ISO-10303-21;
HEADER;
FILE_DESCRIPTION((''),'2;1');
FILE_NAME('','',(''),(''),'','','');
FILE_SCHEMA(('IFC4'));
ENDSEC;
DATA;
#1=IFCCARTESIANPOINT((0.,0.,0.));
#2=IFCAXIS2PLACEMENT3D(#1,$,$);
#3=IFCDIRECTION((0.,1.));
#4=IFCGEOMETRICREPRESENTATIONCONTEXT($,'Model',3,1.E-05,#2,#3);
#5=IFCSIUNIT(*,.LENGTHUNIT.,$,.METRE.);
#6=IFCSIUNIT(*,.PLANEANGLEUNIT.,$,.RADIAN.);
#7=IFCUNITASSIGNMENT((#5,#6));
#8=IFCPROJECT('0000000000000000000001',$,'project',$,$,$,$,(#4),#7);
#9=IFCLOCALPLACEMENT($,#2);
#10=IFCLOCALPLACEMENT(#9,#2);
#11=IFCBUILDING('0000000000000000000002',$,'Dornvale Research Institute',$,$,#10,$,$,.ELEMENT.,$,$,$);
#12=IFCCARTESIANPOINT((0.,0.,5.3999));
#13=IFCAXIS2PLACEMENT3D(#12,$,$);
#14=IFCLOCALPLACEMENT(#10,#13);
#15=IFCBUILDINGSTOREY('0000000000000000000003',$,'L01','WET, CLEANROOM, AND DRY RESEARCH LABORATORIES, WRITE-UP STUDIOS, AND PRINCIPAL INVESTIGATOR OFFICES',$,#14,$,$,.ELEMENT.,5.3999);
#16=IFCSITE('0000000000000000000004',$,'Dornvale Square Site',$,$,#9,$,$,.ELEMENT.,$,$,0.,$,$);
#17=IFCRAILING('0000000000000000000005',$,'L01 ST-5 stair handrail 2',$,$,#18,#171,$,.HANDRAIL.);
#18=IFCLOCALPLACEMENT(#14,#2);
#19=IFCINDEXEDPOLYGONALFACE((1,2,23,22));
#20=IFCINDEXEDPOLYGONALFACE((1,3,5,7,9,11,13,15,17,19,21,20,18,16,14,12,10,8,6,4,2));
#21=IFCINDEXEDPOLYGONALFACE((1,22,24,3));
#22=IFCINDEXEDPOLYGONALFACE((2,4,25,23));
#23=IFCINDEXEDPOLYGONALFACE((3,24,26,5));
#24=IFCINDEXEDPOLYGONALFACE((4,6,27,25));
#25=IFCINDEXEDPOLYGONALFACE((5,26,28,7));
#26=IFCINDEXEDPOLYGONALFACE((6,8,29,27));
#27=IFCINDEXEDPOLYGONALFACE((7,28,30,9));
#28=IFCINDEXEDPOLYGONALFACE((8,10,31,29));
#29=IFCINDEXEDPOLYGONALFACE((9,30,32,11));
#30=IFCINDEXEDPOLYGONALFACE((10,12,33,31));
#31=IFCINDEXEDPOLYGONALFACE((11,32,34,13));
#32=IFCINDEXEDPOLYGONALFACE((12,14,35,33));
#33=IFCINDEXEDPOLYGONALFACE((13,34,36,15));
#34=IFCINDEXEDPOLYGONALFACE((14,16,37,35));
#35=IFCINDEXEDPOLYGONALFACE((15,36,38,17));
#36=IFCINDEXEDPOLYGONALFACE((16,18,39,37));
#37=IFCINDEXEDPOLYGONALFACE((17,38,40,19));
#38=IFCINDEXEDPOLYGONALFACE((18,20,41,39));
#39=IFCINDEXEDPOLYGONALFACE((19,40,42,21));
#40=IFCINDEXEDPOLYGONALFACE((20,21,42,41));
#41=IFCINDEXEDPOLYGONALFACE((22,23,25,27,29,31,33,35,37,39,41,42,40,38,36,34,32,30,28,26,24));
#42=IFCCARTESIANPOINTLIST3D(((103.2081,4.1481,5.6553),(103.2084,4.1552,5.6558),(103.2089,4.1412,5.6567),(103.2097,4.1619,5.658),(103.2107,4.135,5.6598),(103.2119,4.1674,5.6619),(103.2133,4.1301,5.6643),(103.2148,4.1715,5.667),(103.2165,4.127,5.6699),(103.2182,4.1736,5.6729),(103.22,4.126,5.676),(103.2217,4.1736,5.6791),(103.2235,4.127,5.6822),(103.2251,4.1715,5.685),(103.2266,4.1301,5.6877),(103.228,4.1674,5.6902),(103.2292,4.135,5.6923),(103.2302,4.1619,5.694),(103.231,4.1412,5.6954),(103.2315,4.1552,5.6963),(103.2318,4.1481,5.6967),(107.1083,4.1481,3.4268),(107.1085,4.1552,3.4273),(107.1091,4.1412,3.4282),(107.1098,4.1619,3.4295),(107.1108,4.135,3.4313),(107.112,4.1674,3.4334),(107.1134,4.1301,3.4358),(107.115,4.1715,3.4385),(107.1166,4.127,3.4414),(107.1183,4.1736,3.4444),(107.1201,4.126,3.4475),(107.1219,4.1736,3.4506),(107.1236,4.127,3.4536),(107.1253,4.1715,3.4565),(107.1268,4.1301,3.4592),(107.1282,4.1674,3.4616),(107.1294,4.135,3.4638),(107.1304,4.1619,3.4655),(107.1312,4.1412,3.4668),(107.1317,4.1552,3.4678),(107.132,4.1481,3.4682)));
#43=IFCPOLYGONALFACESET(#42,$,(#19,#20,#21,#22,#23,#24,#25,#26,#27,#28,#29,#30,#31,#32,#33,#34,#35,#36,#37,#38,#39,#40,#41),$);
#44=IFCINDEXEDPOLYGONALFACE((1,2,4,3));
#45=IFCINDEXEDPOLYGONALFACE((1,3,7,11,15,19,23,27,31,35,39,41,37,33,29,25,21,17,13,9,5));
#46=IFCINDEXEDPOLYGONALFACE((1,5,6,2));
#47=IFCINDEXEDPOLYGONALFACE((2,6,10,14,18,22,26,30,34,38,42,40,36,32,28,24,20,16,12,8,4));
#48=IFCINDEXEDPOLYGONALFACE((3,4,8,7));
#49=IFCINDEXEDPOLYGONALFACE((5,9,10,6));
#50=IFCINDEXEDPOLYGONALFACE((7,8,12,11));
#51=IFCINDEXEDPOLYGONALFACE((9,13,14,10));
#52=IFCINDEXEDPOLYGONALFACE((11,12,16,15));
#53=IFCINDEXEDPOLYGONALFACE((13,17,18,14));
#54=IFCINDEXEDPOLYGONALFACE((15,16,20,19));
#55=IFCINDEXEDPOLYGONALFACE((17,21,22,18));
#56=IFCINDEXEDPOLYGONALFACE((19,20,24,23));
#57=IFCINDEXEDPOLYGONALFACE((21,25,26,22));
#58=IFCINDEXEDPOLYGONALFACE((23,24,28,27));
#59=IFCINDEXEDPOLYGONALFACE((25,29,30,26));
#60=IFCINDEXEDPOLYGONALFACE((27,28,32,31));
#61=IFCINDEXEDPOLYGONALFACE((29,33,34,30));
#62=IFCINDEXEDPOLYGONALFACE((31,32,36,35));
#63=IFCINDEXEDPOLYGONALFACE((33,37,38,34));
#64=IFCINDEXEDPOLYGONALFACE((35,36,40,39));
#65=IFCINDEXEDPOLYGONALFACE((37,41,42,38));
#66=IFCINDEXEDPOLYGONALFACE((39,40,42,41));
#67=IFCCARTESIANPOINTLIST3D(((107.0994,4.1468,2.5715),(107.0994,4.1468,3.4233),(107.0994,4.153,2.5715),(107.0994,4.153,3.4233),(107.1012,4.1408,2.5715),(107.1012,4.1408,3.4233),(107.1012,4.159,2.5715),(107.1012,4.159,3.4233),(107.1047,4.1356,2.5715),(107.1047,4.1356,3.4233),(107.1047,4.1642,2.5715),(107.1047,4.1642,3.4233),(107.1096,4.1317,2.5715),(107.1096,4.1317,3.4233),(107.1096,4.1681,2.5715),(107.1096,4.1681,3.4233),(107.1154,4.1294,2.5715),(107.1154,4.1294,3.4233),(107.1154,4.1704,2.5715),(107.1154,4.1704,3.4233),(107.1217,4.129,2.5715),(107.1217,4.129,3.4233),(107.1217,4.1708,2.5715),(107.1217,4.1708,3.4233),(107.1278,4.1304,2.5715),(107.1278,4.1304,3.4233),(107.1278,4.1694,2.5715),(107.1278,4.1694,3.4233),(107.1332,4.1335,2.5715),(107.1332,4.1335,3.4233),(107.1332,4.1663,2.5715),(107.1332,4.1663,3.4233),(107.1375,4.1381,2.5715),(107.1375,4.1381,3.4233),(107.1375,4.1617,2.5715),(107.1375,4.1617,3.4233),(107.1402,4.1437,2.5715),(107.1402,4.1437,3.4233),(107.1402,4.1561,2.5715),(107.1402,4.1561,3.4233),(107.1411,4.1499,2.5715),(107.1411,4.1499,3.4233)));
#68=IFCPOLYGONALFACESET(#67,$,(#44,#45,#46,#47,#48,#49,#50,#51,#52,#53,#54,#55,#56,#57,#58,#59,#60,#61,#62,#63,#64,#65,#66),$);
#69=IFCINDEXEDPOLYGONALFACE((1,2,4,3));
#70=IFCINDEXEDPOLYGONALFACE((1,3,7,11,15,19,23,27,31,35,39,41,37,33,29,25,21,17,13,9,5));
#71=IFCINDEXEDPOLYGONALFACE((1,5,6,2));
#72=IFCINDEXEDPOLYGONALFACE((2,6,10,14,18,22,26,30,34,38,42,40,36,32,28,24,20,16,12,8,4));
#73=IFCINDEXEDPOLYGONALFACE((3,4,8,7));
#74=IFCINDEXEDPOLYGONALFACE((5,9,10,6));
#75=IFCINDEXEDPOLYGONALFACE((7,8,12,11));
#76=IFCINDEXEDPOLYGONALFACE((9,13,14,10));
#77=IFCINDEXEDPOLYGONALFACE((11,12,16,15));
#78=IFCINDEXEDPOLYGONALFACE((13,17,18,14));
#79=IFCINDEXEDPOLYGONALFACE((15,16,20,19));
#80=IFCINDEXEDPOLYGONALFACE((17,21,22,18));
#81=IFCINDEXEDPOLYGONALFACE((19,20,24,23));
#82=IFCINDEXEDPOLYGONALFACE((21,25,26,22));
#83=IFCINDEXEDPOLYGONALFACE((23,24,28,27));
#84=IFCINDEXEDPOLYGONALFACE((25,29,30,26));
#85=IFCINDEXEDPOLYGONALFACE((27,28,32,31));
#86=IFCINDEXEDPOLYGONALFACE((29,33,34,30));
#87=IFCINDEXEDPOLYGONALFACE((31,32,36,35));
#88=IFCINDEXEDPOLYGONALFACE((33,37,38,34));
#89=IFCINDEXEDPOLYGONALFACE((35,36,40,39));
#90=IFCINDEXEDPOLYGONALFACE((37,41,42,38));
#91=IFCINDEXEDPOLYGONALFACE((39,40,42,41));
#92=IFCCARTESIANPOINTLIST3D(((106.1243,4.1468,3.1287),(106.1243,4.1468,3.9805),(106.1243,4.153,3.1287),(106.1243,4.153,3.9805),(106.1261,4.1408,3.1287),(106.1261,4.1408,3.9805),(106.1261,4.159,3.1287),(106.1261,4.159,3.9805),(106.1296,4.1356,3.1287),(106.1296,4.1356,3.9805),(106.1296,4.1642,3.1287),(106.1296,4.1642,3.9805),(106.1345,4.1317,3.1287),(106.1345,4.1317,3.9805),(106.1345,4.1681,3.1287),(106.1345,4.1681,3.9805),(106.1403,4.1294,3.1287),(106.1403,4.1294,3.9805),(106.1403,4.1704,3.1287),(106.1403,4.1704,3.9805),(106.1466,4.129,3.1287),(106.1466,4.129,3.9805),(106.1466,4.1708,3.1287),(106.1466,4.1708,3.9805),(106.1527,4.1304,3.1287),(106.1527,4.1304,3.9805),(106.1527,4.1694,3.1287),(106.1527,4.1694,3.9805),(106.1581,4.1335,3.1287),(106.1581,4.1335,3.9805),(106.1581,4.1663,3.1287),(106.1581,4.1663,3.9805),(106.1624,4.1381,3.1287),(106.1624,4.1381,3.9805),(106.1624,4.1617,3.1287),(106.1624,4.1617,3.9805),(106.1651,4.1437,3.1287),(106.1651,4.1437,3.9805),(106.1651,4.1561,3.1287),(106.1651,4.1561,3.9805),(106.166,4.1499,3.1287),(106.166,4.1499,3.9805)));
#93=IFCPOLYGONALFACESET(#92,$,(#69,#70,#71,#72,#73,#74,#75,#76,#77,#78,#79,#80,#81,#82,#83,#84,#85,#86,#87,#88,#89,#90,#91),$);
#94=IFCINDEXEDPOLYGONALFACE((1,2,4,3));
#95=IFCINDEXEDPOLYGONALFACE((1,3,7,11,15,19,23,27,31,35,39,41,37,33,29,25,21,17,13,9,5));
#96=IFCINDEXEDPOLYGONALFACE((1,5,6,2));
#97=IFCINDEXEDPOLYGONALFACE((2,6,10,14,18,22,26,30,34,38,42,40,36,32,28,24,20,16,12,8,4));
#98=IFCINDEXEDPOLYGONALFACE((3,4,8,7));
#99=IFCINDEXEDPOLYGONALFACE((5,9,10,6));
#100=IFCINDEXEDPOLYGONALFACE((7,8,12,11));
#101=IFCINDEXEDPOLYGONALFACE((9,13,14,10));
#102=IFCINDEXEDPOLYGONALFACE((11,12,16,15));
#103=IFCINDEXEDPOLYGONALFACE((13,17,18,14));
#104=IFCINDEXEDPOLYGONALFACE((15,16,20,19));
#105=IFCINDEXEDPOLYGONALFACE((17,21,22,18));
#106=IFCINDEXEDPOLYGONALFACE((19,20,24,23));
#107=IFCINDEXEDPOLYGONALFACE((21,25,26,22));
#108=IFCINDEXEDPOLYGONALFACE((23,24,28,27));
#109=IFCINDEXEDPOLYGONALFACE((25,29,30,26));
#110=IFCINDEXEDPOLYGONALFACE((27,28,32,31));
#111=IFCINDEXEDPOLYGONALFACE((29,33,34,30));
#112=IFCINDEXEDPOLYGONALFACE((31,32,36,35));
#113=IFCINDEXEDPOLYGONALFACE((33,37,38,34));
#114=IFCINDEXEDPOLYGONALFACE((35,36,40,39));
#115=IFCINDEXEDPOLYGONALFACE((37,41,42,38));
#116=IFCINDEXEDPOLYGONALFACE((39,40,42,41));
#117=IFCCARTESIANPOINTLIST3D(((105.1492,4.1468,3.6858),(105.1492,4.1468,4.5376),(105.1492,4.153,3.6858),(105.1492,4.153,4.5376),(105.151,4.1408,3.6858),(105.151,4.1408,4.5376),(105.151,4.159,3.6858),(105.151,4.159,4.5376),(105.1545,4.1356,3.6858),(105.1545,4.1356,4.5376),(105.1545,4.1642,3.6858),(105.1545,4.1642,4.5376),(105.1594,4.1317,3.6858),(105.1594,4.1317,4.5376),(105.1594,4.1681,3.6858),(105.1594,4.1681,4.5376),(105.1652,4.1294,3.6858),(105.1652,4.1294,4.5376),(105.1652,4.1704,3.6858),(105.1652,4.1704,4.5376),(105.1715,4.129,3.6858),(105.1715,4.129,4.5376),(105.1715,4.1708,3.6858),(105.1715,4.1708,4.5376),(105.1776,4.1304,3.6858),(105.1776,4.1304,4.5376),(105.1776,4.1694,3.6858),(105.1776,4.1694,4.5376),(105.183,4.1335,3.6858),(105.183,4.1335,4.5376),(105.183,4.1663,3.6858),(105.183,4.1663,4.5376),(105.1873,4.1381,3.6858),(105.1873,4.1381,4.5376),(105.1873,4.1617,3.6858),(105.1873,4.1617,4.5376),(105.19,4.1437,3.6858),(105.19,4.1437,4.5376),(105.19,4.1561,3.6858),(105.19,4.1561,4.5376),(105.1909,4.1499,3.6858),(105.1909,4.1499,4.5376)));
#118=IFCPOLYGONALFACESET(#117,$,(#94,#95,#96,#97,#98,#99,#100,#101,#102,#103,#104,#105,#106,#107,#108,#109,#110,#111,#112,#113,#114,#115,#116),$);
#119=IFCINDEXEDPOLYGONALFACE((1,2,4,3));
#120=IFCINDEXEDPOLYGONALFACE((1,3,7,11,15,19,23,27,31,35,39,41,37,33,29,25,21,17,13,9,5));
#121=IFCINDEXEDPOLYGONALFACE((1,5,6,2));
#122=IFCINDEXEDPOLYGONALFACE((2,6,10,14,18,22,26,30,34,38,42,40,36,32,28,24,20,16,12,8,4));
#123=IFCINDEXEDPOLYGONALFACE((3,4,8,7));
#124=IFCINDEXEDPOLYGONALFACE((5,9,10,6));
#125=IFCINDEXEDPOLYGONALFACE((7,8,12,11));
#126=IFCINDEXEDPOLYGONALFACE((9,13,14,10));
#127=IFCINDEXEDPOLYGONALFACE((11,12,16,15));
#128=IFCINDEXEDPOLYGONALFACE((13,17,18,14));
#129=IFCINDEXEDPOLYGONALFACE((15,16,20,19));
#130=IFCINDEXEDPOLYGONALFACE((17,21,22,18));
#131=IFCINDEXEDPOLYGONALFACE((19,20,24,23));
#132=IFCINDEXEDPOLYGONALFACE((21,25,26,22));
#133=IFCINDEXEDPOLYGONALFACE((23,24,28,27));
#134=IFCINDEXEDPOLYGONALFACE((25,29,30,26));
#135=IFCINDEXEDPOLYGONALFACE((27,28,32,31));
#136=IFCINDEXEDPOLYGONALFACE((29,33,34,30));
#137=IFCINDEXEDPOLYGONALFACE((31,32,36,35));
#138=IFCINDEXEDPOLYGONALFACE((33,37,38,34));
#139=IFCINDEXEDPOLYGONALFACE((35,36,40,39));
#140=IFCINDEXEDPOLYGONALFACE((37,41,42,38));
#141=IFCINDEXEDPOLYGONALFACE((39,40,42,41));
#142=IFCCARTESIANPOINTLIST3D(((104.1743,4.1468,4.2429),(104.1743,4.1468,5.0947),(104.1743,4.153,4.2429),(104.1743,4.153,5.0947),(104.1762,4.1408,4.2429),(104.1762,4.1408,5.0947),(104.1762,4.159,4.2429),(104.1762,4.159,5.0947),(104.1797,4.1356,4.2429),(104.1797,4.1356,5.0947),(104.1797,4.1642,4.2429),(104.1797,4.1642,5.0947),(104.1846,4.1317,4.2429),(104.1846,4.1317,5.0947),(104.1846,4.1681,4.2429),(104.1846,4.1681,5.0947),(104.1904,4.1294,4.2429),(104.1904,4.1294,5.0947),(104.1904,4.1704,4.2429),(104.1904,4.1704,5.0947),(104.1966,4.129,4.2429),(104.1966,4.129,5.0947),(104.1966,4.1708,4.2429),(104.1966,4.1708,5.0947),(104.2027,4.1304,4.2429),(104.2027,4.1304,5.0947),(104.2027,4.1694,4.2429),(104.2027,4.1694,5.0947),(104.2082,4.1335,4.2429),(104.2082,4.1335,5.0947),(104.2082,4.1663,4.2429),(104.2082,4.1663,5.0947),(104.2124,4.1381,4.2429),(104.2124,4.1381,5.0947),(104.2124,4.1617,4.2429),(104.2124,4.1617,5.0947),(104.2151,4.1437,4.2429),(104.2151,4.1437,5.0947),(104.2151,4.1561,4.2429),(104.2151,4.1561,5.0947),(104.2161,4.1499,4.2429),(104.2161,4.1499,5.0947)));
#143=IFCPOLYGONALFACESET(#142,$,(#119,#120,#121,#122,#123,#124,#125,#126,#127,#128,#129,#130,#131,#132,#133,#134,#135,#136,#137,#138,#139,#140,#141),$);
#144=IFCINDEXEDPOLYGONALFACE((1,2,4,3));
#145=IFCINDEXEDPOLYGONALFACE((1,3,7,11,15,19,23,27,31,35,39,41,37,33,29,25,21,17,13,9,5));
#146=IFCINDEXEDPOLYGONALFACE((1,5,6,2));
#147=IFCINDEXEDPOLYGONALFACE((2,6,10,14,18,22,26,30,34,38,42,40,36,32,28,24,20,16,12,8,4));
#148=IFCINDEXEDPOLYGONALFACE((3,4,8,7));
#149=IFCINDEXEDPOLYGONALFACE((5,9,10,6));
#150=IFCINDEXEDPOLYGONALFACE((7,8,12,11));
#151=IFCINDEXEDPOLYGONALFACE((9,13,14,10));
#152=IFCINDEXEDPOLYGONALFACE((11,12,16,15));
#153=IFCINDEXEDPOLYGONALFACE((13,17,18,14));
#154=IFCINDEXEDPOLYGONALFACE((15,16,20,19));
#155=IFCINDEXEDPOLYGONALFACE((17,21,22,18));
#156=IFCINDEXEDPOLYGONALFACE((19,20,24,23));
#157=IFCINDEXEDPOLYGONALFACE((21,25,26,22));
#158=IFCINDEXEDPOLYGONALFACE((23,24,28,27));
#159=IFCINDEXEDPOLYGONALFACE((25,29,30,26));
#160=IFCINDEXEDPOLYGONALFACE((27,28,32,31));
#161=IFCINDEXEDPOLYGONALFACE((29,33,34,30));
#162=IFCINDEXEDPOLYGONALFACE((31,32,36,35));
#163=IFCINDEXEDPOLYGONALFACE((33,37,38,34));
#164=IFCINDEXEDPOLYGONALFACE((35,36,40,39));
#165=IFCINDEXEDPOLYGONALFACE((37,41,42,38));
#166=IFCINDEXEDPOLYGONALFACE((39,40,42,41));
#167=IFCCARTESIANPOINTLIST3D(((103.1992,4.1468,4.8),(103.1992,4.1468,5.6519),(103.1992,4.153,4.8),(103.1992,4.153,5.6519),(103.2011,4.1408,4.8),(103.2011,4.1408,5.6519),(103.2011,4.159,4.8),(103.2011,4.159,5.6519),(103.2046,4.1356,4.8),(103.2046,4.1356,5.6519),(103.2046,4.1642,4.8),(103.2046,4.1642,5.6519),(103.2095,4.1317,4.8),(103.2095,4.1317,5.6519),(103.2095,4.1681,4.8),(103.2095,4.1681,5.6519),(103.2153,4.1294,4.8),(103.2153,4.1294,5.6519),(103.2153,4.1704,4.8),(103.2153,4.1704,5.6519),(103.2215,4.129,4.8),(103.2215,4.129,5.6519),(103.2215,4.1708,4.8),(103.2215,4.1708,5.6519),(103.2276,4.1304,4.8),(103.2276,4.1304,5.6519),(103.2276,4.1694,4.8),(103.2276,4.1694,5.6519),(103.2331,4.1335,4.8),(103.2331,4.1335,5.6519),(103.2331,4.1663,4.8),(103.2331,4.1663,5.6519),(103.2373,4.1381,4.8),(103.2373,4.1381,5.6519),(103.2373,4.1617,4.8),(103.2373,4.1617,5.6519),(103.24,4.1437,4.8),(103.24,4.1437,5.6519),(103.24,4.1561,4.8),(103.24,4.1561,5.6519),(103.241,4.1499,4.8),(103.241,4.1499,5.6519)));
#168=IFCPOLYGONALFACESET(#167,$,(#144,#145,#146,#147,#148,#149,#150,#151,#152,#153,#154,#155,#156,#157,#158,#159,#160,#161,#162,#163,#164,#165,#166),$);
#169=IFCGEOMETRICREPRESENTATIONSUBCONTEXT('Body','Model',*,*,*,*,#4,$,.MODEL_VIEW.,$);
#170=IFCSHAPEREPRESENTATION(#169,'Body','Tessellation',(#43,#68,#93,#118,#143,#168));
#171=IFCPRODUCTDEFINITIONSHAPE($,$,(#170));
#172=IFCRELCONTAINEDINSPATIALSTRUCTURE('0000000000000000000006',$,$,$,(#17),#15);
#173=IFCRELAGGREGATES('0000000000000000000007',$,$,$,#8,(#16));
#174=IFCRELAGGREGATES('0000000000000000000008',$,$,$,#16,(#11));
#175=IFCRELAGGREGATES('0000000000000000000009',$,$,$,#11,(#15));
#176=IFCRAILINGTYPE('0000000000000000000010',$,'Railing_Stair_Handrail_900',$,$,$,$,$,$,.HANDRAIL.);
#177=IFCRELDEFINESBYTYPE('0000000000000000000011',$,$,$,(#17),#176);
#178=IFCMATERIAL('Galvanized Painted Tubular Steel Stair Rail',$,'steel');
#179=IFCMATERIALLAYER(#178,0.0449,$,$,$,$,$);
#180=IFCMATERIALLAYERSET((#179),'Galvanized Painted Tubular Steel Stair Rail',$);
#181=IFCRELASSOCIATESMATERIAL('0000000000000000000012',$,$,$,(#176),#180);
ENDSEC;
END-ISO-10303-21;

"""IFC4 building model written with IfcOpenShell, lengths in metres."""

from ifc_helpers import new_model, si_unit, direction, frame, origin, origin_2d, place, context, subcontext, project, spatial, circle, extrude, material, layer, layer_set, type_object, element, save


model = new_model("IFC4")

# Units and contexts
model_context = context("Model", 3, precision=1e-05, world=origin(), true_north=direction((0.0, 1.0)))
body_context = subcontext(model_context, "Body", "Model", "MODEL_VIEW")
ifc_project = project(units=[si_unit("LENGTHUNIT", "METRE"), si_unit("PLANEANGLEUNIT", "RADIAN")], contexts=[model_context])

# Site, building, storey
site_placement = place(None, origin())
site = spatial("IfcSite", under=ifc_project, at=site_placement, Name="Dornvale Square Site", CompositionType="ELEMENT", RefElevation=0.0)
building_placement = place(site_placement, origin())
building = spatial("IfcBuilding", under=site, at=building_placement, Name="Dornvale Research Institute", CompositionType="ELEMENT")
storey_placement = place(building_placement, frame((0.0, 0.0, 5.3999)))
storey = spatial("IfcBuildingStorey", under=building, at=storey_placement, Name="L01", Description="WET, CLEANROOM, AND DRY RESEARCH LABORATORIES, WRITE-UP STUDIOS, AND PRINCIPAL INVESTIGATOR OFFICES", CompositionType="ELEMENT", Elevation=5.3999)

# Railing
ifc_material_1 = material(Name="Galvanized Painted Tubular Steel Stair Rail", Category="steel")
ifc_layer_1 = layer(ifc_material_1, 0.0449)
ifc_layer_set_1 = layer_set([ifc_layer_1], Name="Galvanized Painted Tubular Steel Stair Rail")
railing_type_1 = type_object("IfcRailingType", Name="Railing_Stair_Handrail_900", PredefinedType="HANDRAIL", material=ifc_layer_set_1)
railing_1_placement = place(storey_placement, frame((107.1201, 4.1499, 2.5715)))
element("IfcRailing", 1, at=railing_1_placement, inside=storey, type_object=railing_type_1, Name="L01 ST-5 stair handrail 2", PredefinedType="HANDRAIL", context=body_context, shape_type="SweptSolid", body=[
    extrude(circle(Radius=0.0239, at=origin_2d()), frame((0.0, 0.0, 0.876), z_axis=(-0.868257, 0.0, 0.496116), x_axis=(0.0, -1.0, 0.0)), (0.0, 0.0, 1.0), 4.4919),
    extrude(circle(Radius=0.021, at=origin_2d()), origin(), (0.0, 0.0, 1.0), 0.8518),
    extrude(circle(Radius=0.021, at=origin_2d()), frame((-0.9751, 0.0, 0.5571)), (0.0, 0.0, 1.0), 0.8518),
    extrude(circle(Radius=0.021, at=origin_2d()), frame((-1.9502, 0.0, 1.1143)), (0.0, 0.0, 1.0), 0.8518),
    extrude(circle(Radius=0.021, at=origin_2d()), frame((-2.925, 0.0, 1.6714)), (0.0, 0.0, 1.0), 0.8518),
    extrude(circle(Radius=0.021, at=origin_2d()), frame((-3.9001, 0.0, 2.2285)), (0.0, 0.0, 1.0), 0.8518),
])

save(model, "model.ifc")
